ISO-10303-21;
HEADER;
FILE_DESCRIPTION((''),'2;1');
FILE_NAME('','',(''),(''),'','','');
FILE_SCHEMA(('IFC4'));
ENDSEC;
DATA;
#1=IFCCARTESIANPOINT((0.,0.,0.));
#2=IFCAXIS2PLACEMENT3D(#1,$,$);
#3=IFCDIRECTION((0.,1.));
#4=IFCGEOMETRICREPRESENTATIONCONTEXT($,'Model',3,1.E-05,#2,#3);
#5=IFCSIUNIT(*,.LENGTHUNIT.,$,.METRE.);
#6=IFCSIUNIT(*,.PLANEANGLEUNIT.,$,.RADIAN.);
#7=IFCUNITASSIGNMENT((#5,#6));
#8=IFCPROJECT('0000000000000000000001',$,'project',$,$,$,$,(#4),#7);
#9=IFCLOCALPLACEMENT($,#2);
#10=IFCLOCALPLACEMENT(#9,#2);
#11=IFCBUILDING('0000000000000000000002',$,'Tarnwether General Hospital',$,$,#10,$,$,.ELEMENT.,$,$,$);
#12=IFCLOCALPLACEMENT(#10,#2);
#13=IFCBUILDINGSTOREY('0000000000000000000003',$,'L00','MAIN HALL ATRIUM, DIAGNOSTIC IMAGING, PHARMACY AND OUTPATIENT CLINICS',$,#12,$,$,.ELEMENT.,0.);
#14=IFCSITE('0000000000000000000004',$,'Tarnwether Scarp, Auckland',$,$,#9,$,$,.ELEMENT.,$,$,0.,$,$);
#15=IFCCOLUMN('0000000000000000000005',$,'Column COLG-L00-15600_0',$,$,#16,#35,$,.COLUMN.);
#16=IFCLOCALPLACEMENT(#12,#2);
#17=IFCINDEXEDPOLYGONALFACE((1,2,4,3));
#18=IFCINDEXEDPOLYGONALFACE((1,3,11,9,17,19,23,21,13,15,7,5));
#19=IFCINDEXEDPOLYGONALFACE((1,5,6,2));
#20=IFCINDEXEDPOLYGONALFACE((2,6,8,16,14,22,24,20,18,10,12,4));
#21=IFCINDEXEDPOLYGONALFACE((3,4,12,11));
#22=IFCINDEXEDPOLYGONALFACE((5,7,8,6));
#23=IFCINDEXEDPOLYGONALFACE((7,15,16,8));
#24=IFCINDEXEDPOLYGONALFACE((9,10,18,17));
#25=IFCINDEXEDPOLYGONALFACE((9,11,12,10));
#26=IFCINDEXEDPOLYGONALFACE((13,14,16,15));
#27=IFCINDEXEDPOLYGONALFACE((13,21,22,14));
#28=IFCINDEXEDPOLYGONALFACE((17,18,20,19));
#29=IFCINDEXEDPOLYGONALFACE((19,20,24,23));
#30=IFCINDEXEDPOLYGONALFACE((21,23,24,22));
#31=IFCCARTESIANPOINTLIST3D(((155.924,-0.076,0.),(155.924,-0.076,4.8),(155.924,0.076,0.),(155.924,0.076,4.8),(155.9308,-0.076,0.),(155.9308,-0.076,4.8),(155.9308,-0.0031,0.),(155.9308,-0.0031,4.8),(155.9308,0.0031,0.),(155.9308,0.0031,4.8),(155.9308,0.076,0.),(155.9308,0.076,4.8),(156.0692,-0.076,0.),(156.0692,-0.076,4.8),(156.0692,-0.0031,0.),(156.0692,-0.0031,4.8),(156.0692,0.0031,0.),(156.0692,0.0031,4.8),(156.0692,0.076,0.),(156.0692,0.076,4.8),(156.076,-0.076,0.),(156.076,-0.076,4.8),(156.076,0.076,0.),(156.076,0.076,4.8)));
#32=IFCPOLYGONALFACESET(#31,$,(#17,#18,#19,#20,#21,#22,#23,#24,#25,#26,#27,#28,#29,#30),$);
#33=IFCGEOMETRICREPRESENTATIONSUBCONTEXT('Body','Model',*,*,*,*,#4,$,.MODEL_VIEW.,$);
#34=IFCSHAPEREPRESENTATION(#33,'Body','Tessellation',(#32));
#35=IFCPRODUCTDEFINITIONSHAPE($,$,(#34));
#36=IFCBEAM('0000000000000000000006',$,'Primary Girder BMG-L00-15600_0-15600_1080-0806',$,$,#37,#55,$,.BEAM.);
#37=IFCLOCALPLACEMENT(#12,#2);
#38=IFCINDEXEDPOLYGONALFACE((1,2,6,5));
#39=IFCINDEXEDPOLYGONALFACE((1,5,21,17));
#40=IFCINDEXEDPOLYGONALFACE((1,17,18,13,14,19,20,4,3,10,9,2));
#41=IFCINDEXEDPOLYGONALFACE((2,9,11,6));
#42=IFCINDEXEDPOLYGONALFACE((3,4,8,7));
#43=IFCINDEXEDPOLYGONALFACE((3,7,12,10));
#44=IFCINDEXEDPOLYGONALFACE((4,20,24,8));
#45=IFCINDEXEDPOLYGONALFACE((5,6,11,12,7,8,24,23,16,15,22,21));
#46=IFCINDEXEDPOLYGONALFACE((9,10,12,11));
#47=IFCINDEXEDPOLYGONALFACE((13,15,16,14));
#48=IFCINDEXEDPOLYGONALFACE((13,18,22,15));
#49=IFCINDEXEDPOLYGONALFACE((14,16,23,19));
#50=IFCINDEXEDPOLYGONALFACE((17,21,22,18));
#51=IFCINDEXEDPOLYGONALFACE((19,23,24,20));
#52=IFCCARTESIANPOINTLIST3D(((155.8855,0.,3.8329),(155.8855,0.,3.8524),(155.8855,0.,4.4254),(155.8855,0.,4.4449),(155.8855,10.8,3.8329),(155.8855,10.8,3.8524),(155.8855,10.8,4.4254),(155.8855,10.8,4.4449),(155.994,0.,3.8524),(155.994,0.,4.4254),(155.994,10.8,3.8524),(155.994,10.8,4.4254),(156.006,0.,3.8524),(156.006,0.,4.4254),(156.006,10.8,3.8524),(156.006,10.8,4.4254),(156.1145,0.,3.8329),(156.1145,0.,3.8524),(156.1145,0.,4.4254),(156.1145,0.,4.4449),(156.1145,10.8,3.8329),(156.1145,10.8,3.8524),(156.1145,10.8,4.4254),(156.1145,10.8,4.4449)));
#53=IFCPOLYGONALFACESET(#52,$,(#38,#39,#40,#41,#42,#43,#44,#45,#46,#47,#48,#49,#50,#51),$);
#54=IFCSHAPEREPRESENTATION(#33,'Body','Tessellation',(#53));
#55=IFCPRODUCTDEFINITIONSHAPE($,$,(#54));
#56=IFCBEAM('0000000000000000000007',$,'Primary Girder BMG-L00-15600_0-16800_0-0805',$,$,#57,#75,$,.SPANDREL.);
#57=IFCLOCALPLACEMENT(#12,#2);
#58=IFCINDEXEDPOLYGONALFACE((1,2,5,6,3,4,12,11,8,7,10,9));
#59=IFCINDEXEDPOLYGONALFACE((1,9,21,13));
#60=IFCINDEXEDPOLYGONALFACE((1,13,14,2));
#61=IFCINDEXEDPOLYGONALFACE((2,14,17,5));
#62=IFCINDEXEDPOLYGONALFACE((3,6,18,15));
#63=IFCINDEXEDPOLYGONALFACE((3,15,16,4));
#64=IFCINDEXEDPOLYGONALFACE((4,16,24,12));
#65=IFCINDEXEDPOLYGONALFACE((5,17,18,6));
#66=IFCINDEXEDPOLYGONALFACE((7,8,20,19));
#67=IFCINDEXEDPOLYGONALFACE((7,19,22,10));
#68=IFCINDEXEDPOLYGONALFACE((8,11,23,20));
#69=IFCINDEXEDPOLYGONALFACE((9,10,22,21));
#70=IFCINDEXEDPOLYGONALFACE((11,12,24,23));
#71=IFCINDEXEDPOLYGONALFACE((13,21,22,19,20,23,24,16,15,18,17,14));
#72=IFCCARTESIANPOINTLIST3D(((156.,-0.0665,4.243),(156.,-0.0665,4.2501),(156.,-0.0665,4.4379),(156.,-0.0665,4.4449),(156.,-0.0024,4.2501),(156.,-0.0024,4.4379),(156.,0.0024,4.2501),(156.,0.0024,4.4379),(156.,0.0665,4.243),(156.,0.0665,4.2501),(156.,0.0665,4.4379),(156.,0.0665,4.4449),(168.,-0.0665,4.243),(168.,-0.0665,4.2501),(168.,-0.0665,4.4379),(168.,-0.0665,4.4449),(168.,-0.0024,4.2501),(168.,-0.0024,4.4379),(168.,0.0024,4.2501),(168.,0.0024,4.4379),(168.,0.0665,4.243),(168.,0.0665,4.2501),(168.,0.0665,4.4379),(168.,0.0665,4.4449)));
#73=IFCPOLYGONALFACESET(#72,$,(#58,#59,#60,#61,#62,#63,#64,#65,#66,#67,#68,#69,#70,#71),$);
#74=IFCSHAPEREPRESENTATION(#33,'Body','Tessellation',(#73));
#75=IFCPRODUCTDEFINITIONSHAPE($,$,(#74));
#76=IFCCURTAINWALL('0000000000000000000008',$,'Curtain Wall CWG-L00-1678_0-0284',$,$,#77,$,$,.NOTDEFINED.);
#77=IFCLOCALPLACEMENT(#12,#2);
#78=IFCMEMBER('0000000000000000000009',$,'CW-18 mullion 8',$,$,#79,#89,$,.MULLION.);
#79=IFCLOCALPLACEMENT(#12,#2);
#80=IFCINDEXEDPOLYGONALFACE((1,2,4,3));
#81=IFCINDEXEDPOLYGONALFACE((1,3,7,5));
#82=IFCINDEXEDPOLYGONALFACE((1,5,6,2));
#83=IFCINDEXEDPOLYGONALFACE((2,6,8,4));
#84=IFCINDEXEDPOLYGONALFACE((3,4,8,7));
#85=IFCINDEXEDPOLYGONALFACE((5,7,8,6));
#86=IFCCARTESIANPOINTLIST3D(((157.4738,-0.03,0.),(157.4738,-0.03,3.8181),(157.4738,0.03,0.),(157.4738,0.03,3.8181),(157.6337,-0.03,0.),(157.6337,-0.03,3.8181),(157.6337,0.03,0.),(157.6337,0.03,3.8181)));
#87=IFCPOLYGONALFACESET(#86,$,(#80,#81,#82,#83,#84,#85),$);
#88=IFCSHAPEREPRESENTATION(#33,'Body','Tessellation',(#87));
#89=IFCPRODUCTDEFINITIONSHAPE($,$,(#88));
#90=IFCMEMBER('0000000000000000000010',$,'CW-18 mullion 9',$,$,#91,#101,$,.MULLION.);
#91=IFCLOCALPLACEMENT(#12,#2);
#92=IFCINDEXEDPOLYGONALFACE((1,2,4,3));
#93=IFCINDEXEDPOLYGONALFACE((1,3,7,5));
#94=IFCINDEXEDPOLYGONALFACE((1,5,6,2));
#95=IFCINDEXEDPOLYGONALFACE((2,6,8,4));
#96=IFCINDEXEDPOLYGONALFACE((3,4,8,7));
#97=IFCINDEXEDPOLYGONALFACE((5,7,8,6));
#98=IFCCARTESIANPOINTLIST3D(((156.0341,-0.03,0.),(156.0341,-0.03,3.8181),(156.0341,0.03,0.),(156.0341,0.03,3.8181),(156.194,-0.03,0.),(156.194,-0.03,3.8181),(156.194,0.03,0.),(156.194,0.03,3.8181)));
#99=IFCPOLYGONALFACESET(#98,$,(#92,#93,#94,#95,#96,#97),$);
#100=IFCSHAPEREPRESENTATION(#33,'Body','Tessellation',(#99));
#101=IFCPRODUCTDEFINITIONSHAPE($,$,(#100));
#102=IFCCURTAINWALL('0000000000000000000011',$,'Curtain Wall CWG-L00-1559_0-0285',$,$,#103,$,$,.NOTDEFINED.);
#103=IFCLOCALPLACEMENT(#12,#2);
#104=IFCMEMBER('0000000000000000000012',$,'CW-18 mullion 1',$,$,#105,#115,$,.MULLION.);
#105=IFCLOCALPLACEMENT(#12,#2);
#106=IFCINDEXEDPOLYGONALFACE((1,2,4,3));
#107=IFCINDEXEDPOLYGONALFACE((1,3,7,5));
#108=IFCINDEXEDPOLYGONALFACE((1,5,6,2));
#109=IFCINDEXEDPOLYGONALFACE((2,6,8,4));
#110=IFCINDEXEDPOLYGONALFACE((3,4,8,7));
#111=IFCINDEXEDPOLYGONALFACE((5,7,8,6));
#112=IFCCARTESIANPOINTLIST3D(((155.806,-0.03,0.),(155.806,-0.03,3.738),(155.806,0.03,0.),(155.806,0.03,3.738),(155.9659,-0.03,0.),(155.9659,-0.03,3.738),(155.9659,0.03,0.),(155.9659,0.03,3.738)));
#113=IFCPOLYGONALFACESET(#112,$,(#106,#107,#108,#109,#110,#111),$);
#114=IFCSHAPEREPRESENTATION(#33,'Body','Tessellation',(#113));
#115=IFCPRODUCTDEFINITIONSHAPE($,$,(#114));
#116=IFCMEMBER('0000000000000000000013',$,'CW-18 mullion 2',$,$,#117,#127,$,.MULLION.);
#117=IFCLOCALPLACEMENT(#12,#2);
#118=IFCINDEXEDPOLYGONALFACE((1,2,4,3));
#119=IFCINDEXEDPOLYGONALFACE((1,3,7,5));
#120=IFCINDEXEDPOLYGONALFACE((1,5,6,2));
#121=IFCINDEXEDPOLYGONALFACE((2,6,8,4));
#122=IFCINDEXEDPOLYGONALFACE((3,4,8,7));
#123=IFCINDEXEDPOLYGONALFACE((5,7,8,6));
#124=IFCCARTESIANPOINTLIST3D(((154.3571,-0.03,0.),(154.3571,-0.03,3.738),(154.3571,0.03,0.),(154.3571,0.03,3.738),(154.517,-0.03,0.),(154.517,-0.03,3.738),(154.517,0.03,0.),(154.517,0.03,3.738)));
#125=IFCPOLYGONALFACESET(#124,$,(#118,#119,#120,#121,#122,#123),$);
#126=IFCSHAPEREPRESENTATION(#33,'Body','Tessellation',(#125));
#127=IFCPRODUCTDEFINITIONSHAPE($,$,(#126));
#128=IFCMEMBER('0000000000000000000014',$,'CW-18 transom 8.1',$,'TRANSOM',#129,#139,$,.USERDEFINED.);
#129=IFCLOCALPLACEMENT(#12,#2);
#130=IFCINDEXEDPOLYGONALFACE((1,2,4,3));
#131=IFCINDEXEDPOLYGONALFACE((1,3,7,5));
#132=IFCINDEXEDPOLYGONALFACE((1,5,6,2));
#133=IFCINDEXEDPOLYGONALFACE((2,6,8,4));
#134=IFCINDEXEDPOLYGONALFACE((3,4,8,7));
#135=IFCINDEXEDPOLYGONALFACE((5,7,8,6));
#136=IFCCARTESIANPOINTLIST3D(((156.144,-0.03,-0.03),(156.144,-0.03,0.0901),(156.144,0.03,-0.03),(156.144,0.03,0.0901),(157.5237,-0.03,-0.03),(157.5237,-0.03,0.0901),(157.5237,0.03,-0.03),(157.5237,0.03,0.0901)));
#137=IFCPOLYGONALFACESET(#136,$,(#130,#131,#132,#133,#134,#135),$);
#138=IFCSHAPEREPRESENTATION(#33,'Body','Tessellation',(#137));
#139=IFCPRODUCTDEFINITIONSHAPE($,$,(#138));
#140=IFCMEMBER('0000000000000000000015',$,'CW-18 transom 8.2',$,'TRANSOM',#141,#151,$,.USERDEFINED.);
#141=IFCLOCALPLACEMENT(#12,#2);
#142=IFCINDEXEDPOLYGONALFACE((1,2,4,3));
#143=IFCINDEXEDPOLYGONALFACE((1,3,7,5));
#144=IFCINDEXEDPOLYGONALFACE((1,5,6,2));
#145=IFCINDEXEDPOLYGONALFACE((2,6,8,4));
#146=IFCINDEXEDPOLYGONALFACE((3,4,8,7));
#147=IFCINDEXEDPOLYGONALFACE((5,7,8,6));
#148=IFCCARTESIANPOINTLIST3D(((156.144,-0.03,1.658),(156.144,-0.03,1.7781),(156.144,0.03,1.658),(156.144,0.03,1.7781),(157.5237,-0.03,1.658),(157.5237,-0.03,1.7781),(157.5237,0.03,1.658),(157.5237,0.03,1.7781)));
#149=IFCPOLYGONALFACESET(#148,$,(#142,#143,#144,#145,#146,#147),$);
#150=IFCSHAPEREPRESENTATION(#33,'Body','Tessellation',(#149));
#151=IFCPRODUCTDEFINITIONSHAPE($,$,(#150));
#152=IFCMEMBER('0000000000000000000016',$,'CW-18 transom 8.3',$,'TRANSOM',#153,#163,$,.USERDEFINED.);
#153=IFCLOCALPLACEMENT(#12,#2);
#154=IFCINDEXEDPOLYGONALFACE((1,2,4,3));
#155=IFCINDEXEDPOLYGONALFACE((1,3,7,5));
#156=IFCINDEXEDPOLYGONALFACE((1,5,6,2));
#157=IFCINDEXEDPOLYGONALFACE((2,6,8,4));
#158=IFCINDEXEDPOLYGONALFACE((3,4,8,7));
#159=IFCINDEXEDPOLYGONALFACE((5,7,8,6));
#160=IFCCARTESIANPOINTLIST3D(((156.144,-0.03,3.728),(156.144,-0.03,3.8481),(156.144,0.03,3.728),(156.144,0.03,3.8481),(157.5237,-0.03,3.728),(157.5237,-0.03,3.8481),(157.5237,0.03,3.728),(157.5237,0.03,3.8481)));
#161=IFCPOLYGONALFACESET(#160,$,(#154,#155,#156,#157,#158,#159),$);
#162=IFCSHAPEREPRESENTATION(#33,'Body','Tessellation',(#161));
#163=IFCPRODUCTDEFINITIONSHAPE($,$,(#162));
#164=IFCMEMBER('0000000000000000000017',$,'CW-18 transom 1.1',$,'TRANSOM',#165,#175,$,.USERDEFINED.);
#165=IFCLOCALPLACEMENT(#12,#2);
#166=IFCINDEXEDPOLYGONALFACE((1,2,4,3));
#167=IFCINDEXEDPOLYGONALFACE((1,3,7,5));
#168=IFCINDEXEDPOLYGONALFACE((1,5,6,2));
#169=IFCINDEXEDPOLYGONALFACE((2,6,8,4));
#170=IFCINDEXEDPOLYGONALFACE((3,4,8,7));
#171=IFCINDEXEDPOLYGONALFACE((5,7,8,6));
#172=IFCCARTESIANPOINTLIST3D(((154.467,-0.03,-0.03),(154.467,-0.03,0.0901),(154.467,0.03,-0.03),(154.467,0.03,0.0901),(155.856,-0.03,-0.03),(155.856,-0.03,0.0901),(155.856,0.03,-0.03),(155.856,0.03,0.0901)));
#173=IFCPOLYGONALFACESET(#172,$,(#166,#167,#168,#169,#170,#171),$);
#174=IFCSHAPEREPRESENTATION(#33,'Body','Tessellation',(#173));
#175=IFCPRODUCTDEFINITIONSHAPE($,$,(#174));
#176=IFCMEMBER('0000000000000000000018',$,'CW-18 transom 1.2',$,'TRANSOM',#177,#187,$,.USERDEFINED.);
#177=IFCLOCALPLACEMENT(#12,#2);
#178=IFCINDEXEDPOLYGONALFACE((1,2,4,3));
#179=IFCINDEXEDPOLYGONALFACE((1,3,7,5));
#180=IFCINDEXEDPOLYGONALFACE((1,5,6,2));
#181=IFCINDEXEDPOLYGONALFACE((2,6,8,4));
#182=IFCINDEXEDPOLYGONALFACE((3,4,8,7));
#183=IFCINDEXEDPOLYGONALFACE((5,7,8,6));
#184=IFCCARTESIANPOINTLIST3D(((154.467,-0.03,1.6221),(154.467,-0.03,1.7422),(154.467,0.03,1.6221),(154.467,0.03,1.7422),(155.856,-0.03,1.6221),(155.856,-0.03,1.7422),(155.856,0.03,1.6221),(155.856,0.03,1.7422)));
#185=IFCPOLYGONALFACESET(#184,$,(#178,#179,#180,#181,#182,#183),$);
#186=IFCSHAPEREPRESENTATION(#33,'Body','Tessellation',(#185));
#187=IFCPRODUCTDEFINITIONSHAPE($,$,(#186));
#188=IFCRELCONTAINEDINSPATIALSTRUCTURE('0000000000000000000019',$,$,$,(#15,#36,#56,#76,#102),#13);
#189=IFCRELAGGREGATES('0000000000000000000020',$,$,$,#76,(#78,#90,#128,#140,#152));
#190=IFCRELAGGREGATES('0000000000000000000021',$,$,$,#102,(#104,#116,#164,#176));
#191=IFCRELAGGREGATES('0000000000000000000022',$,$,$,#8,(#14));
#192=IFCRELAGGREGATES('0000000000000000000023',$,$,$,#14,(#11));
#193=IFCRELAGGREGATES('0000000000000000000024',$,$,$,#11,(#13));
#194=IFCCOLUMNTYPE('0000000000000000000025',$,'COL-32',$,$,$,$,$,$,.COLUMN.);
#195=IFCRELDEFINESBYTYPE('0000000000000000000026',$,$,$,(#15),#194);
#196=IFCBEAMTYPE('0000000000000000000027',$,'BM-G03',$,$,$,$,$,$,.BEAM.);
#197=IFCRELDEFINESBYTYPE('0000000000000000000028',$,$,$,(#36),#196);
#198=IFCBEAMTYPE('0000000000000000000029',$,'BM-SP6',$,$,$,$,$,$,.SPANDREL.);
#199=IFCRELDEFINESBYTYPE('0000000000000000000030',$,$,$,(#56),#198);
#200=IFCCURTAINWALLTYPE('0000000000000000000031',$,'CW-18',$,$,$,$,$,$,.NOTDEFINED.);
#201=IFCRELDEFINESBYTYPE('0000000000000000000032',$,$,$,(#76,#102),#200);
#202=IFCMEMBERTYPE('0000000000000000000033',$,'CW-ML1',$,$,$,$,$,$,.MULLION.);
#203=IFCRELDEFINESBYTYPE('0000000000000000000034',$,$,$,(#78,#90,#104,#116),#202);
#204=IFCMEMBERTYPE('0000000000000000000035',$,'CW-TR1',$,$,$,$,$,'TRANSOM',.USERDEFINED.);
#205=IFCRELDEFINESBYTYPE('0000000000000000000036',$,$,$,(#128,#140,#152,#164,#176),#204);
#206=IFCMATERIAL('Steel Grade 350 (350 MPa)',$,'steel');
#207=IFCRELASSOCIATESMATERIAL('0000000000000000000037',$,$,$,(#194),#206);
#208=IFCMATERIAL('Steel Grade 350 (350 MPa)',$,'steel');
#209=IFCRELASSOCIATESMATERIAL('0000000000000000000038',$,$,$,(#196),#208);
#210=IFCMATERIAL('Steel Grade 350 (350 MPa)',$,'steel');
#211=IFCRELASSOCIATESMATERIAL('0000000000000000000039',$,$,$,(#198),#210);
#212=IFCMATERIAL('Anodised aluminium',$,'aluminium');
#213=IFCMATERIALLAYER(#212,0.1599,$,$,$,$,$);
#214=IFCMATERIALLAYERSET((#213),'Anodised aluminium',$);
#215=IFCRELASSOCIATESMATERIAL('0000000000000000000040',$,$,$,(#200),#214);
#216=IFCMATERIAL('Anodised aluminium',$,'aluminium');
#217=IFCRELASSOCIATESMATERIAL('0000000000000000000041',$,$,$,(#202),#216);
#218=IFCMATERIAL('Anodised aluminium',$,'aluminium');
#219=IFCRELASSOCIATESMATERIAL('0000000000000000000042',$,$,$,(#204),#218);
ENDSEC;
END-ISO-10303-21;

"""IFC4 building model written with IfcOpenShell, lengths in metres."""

from ifc_helpers import new_model, si_unit, direction, frame, origin, origin_2d, place, context, subcontext, project, spatial, rectangle, i_section, extrude, material, layer, layer_set, material_profile, profile_set, type_object, element, aggregate, save


model = new_model("IFC4")

# Units and contexts
model_context = context("Model", 3, precision=1e-05, world=origin(), true_north=direction((0.0, 1.0)))
body_context = subcontext(model_context, "Body", "Model", "MODEL_VIEW")
ifc_project = project(units=[si_unit("LENGTHUNIT", "METRE"), si_unit("PLANEANGLEUNIT", "RADIAN")], contexts=[model_context])

# Site, building, storey
site_placement = place(None, origin())
site = spatial("IfcSite", under=ifc_project, at=site_placement, Name="Tarnwether Scarp, Auckland", CompositionType="ELEMENT", RefElevation=0.0)
building_placement = place(site_placement, origin())
building = spatial("IfcBuilding", under=site, at=building_placement, Name="Tarnwether General Hospital", CompositionType="ELEMENT")
storey_placement = place(building_placement, origin())
storey = spatial("IfcBuildingStorey", under=building, at=storey_placement, Name="L00", Description="MAIN HALL ATRIUM, DIAGNOSTIC IMAGING, PHARMACY AND OUTPATIENT CLINICS", CompositionType="ELEMENT", Elevation=0.0)

# Column
ifc_material_1 = material(Name="Steel Grade 350 (350 MPa)", Category="steel")
ifc_material_profile_1 = material_profile(ifc_material_1, i_section(OverallWidth=0.1521, OverallDepth=0.1521, WebThickness=0.0061, FlangeThickness=0.0068, at=origin_2d()), Name="150UC23.4")
ifc_profile_set_1 = profile_set([ifc_material_profile_1], Name="Steel Grade 350 (350 MPa)")
column_type = type_object("IfcColumnType", Name="COL-32", PredefinedType="COLUMN", material=ifc_profile_set_1)
column_placement = place(storey_placement, frame((156.0, 0.0, 0.0), z_axis=(0.0, 0.0, 1.0), x_axis=(0.0, 1.0, 0.0)))
element("IfcColumn", 1, at=column_placement, inside=storey, type_object=column_type, Name="Column COLG-L00-15600_0", PredefinedType="COLUMN", context=body_context, shape_type="SweptSolid", body=[
    extrude(i_section(OverallWidth=0.1521, OverallDepth=0.1521, WebThickness=0.0061, FlangeThickness=0.0068, at=origin_2d()), origin(), (0.0, 0.0, 1.0), 4.8),
])

# Beams
ifc_material_2 = material(Name="Steel Grade 350 (350 MPa)", Category="steel")
ifc_material_profile_2 = material_profile(ifc_material_2, i_section(OverallWidth=0.229, OverallDepth=0.6121, WebThickness=0.012, FlangeThickness=0.0195, at=origin_2d()), Name="610UB125")
ifc_profile_set_2 = profile_set([ifc_material_profile_2], Name="Steel Grade 350 (350 MPa)")
beam_type_1 = type_object("IfcBeamType", Name="BM-G03", PredefinedType="BEAM", material=ifc_profile_set_2)
beam_1_placement = place(storey_placement, frame((156.0, 0.0, 4.1389), z_axis=(0.0, 1.0, 0.0), x_axis=(-1.0, 0.0, 0.0)))
element("IfcBeam", 2, at=beam_1_placement, inside=storey, type_object=beam_type_1, Name="Primary Girder BMG-L00-15600_0-15600_1080-0806", PredefinedType="BEAM", context=body_context, shape_type="SweptSolid", body=[
    extrude(i_section(OverallWidth=0.229, OverallDepth=0.6121, WebThickness=0.012, FlangeThickness=0.0195, at=origin_2d()), origin(), (0.0, 0.0, 1.0), 10.8),
])
ifc_material_3 = material(Name="Steel Grade 350 (350 MPa)", Category="steel")
ifc_material_profile_3 = material_profile(ifc_material_3, i_section(OverallWidth=0.1331, OverallDepth=0.2019, WebThickness=0.0049, FlangeThickness=0.0071, at=origin_2d()), Name="200UB22.3")
ifc_profile_set_3 = profile_set([ifc_material_profile_3], Name="Steel Grade 350 (350 MPa)")
beam_type_2 = type_object("IfcBeamType", Name="BM-SP6", PredefinedType="SPANDREL", material=ifc_profile_set_3)
beam_2_placement = place(storey_placement, frame((156.0, 0.0, 4.344), z_axis=(1.0, 0.0, 0.0), x_axis=(0.0, 1.0, 0.0)))
element("IfcBeam", 3, at=beam_2_placement, inside=storey, type_object=beam_type_2, Name="Primary Girder BMG-L00-15600_0-16800_0-0805", PredefinedType="SPANDREL", context=body_context, shape_type="SweptSolid", body=[
    extrude(i_section(OverallWidth=0.1331, OverallDepth=0.2019, WebThickness=0.0049, FlangeThickness=0.0071, at=origin_2d()), origin(), (0.0, 0.0, 1.0), 12.0),
])

# Curtain walls, members
ifc_material_4 = material(Name="Anodised aluminium", Category="aluminium")
ifc_layer_1 = layer(ifc_material_4, 0.1599)
ifc_layer_set_1 = layer_set([ifc_layer_1], Name="Anodised aluminium")
curtain_wall_type = type_object("IfcCurtainWallType", Name="CW-18", PredefinedType="NOTDEFINED", material=ifc_layer_set_1)
curtain_wall_1_placement = place(storey_placement, origin())
curtain_wall_1 = element("IfcCurtainWall", 4, at=curtain_wall_1_placement, inside=storey, type_object=curtain_wall_type, Name="Curtain Wall CWG-L00-1678_0-0284", PredefinedType="NOTDEFINED")
ifc_material_5 = material(Name="Anodised aluminium", Category="aluminium")
ifc_material_profile_4 = material_profile(ifc_material_5, rectangle(XDim=0.0601, YDim=0.1599, at=origin_2d()), Name="ALU-MUL-60x160")
ifc_profile_set_4 = profile_set([ifc_material_profile_4], Name="Anodised aluminium")
member_type_1 = type_object("IfcMemberType", Name="CW-ML1", PredefinedType="MULLION", material=ifc_profile_set_4)
member_1_placement = place(storey_placement, frame((157.5537, 0.0, 0.0), z_axis=(0.0, 0.0, 1.0), x_axis=(0.0, -1.0, 0.0)))
member_1 = element("IfcMember", 5, at=member_1_placement, type_object=member_type_1, Name="CW-18 mullion 8", PredefinedType="MULLION", context=body_context, shape_type="SweptSolid", body=[
    extrude(rectangle(XDim=0.0601, YDim=0.1599, at=origin_2d()), origin(), (0.0, 0.0, 1.0), 3.8181),
])
member_2_placement = place(storey_placement, frame((156.114, 0.0, 0.0), z_axis=(0.0, 0.0, 1.0), x_axis=(0.0, -1.0, 0.0)))
member_2 = element("IfcMember", 6, at=member_2_placement, type_object=member_type_1, Name="CW-18 mullion 9", PredefinedType="MULLION", context=body_context, shape_type="SweptSolid", body=[
    extrude(rectangle(XDim=0.0601, YDim=0.1599, at=origin_2d()), origin(), (0.0, 0.0, 1.0), 3.8181),
])
curtain_wall_2_placement = place(storey_placement, origin())
curtain_wall_2 = element("IfcCurtainWall", 7, at=curtain_wall_2_placement, inside=storey, type_object=curtain_wall_type, Name="Curtain Wall CWG-L00-1559_0-0285", PredefinedType="NOTDEFINED")
member_3_placement = place(storey_placement, frame((155.886, 0.0, 0.0), z_axis=(0.0, 0.0, 1.0), x_axis=(0.0, -1.0, 0.0)))
member_3 = element("IfcMember", 8, at=member_3_placement, type_object=member_type_1, Name="CW-18 mullion 1", PredefinedType="MULLION", context=body_context, shape_type="SweptSolid", body=[
    extrude(rectangle(XDim=0.0601, YDim=0.1599, at=origin_2d()), origin(), (0.0, 0.0, 1.0), 3.738),
])
member_4_placement = place(storey_placement, frame((154.437, 0.0, 0.0), z_axis=(0.0, 0.0, 1.0), x_axis=(0.0, -1.0, 0.0)))
member_4 = element("IfcMember", 9, at=member_4_placement, type_object=member_type_1, Name="CW-18 mullion 2", PredefinedType="MULLION", context=body_context, shape_type="SweptSolid", body=[
    extrude(rectangle(XDim=0.0601, YDim=0.1599, at=origin_2d()), origin(), (0.0, 0.0, 1.0), 3.738),
])

# Members
ifc_material_6 = material(Name="Anodised aluminium", Category="aluminium")
ifc_material_profile_5 = material_profile(ifc_material_6, rectangle(XDim=0.0601, YDim=0.1201, at=origin_2d()), Name="ALU-TRN-60x120")
ifc_profile_set_5 = profile_set([ifc_material_profile_5], Name="Anodised aluminium")
member_type_2 = type_object("IfcMemberType", Name="CW-TR1", ElementType="TRANSOM", PredefinedType="USERDEFINED", material=ifc_profile_set_5)
member_5_placement = place(storey_placement, frame((157.5237, 0.0, 0.03), z_axis=(-1.0, 0.0, 0.0), x_axis=(0.0, -1.0, 0.0)))
member_5 = element("IfcMember", 10, at=member_5_placement, type_object=member_type_2, Name="CW-18 transom 8.1", ObjectType="TRANSOM", PredefinedType="USERDEFINED", context=body_context, shape_type="SweptSolid", body=[
    extrude(rectangle(XDim=0.0601, YDim=0.1201, at=origin_2d()), origin(), (0.0, 0.0, 1.0), 1.3796),
])
member_6_placement = place(storey_placement, frame((157.5237, 0.0, 1.718), z_axis=(-1.0, 0.0, 0.0), x_axis=(0.0, -1.0, 0.0)))
member_6 = element("IfcMember", 11, at=member_6_placement, type_object=member_type_2, Name="CW-18 transom 8.2", ObjectType="TRANSOM", PredefinedType="USERDEFINED", context=body_context, shape_type="SweptSolid", body=[
    extrude(rectangle(XDim=0.0601, YDim=0.1201, at=origin_2d()), origin(), (0.0, 0.0, 1.0), 1.3796),
])
member_7_placement = place(storey_placement, frame((157.5237, 0.0, 3.7881), z_axis=(-1.0, 0.0, 0.0), x_axis=(0.0, -1.0, 0.0)))
member_7 = element("IfcMember", 12, at=member_7_placement, type_object=member_type_2, Name="CW-18 transom 8.3", ObjectType="TRANSOM", PredefinedType="USERDEFINED", context=body_context, shape_type="SweptSolid", body=[
    extrude(rectangle(XDim=0.0601, YDim=0.1201, at=origin_2d()), origin(), (0.0, 0.0, 1.0), 1.3796),
])
member_8_placement = place(storey_placement, frame((155.856, 0.0, 0.03), z_axis=(-1.0, 0.0, 0.0), x_axis=(0.0, -1.0, 0.0)))
member_8 = element("IfcMember", 13, at=member_8_placement, type_object=member_type_2, Name="CW-18 transom 1.1", ObjectType="TRANSOM", PredefinedType="USERDEFINED", context=body_context, shape_type="SweptSolid", body=[
    extrude(rectangle(XDim=0.0601, YDim=0.1201, at=origin_2d()), origin(), (0.0, 0.0, 1.0), 1.3889),
])
member_9_placement = place(storey_placement, frame((155.856, 0.0, 1.6821), z_axis=(-1.0, 0.0, 0.0), x_axis=(0.0, -1.0, 0.0)))
member_9 = element("IfcMember", 14, at=member_9_placement, type_object=member_type_2, Name="CW-18 transom 1.2", ObjectType="TRANSOM", PredefinedType="USERDEFINED", context=body_context, shape_type="SweptSolid", body=[
    extrude(rectangle(XDim=0.0601, YDim=0.1201, at=origin_2d()), origin(), (0.0, 0.0, 1.0), 1.3889),
])

aggregate(curtain_wall_1, [member_1, member_2, member_5, member_6, member_7])
aggregate(curtain_wall_2, [member_3, member_4, member_8, member_9])

save(model, "model.ifc")
